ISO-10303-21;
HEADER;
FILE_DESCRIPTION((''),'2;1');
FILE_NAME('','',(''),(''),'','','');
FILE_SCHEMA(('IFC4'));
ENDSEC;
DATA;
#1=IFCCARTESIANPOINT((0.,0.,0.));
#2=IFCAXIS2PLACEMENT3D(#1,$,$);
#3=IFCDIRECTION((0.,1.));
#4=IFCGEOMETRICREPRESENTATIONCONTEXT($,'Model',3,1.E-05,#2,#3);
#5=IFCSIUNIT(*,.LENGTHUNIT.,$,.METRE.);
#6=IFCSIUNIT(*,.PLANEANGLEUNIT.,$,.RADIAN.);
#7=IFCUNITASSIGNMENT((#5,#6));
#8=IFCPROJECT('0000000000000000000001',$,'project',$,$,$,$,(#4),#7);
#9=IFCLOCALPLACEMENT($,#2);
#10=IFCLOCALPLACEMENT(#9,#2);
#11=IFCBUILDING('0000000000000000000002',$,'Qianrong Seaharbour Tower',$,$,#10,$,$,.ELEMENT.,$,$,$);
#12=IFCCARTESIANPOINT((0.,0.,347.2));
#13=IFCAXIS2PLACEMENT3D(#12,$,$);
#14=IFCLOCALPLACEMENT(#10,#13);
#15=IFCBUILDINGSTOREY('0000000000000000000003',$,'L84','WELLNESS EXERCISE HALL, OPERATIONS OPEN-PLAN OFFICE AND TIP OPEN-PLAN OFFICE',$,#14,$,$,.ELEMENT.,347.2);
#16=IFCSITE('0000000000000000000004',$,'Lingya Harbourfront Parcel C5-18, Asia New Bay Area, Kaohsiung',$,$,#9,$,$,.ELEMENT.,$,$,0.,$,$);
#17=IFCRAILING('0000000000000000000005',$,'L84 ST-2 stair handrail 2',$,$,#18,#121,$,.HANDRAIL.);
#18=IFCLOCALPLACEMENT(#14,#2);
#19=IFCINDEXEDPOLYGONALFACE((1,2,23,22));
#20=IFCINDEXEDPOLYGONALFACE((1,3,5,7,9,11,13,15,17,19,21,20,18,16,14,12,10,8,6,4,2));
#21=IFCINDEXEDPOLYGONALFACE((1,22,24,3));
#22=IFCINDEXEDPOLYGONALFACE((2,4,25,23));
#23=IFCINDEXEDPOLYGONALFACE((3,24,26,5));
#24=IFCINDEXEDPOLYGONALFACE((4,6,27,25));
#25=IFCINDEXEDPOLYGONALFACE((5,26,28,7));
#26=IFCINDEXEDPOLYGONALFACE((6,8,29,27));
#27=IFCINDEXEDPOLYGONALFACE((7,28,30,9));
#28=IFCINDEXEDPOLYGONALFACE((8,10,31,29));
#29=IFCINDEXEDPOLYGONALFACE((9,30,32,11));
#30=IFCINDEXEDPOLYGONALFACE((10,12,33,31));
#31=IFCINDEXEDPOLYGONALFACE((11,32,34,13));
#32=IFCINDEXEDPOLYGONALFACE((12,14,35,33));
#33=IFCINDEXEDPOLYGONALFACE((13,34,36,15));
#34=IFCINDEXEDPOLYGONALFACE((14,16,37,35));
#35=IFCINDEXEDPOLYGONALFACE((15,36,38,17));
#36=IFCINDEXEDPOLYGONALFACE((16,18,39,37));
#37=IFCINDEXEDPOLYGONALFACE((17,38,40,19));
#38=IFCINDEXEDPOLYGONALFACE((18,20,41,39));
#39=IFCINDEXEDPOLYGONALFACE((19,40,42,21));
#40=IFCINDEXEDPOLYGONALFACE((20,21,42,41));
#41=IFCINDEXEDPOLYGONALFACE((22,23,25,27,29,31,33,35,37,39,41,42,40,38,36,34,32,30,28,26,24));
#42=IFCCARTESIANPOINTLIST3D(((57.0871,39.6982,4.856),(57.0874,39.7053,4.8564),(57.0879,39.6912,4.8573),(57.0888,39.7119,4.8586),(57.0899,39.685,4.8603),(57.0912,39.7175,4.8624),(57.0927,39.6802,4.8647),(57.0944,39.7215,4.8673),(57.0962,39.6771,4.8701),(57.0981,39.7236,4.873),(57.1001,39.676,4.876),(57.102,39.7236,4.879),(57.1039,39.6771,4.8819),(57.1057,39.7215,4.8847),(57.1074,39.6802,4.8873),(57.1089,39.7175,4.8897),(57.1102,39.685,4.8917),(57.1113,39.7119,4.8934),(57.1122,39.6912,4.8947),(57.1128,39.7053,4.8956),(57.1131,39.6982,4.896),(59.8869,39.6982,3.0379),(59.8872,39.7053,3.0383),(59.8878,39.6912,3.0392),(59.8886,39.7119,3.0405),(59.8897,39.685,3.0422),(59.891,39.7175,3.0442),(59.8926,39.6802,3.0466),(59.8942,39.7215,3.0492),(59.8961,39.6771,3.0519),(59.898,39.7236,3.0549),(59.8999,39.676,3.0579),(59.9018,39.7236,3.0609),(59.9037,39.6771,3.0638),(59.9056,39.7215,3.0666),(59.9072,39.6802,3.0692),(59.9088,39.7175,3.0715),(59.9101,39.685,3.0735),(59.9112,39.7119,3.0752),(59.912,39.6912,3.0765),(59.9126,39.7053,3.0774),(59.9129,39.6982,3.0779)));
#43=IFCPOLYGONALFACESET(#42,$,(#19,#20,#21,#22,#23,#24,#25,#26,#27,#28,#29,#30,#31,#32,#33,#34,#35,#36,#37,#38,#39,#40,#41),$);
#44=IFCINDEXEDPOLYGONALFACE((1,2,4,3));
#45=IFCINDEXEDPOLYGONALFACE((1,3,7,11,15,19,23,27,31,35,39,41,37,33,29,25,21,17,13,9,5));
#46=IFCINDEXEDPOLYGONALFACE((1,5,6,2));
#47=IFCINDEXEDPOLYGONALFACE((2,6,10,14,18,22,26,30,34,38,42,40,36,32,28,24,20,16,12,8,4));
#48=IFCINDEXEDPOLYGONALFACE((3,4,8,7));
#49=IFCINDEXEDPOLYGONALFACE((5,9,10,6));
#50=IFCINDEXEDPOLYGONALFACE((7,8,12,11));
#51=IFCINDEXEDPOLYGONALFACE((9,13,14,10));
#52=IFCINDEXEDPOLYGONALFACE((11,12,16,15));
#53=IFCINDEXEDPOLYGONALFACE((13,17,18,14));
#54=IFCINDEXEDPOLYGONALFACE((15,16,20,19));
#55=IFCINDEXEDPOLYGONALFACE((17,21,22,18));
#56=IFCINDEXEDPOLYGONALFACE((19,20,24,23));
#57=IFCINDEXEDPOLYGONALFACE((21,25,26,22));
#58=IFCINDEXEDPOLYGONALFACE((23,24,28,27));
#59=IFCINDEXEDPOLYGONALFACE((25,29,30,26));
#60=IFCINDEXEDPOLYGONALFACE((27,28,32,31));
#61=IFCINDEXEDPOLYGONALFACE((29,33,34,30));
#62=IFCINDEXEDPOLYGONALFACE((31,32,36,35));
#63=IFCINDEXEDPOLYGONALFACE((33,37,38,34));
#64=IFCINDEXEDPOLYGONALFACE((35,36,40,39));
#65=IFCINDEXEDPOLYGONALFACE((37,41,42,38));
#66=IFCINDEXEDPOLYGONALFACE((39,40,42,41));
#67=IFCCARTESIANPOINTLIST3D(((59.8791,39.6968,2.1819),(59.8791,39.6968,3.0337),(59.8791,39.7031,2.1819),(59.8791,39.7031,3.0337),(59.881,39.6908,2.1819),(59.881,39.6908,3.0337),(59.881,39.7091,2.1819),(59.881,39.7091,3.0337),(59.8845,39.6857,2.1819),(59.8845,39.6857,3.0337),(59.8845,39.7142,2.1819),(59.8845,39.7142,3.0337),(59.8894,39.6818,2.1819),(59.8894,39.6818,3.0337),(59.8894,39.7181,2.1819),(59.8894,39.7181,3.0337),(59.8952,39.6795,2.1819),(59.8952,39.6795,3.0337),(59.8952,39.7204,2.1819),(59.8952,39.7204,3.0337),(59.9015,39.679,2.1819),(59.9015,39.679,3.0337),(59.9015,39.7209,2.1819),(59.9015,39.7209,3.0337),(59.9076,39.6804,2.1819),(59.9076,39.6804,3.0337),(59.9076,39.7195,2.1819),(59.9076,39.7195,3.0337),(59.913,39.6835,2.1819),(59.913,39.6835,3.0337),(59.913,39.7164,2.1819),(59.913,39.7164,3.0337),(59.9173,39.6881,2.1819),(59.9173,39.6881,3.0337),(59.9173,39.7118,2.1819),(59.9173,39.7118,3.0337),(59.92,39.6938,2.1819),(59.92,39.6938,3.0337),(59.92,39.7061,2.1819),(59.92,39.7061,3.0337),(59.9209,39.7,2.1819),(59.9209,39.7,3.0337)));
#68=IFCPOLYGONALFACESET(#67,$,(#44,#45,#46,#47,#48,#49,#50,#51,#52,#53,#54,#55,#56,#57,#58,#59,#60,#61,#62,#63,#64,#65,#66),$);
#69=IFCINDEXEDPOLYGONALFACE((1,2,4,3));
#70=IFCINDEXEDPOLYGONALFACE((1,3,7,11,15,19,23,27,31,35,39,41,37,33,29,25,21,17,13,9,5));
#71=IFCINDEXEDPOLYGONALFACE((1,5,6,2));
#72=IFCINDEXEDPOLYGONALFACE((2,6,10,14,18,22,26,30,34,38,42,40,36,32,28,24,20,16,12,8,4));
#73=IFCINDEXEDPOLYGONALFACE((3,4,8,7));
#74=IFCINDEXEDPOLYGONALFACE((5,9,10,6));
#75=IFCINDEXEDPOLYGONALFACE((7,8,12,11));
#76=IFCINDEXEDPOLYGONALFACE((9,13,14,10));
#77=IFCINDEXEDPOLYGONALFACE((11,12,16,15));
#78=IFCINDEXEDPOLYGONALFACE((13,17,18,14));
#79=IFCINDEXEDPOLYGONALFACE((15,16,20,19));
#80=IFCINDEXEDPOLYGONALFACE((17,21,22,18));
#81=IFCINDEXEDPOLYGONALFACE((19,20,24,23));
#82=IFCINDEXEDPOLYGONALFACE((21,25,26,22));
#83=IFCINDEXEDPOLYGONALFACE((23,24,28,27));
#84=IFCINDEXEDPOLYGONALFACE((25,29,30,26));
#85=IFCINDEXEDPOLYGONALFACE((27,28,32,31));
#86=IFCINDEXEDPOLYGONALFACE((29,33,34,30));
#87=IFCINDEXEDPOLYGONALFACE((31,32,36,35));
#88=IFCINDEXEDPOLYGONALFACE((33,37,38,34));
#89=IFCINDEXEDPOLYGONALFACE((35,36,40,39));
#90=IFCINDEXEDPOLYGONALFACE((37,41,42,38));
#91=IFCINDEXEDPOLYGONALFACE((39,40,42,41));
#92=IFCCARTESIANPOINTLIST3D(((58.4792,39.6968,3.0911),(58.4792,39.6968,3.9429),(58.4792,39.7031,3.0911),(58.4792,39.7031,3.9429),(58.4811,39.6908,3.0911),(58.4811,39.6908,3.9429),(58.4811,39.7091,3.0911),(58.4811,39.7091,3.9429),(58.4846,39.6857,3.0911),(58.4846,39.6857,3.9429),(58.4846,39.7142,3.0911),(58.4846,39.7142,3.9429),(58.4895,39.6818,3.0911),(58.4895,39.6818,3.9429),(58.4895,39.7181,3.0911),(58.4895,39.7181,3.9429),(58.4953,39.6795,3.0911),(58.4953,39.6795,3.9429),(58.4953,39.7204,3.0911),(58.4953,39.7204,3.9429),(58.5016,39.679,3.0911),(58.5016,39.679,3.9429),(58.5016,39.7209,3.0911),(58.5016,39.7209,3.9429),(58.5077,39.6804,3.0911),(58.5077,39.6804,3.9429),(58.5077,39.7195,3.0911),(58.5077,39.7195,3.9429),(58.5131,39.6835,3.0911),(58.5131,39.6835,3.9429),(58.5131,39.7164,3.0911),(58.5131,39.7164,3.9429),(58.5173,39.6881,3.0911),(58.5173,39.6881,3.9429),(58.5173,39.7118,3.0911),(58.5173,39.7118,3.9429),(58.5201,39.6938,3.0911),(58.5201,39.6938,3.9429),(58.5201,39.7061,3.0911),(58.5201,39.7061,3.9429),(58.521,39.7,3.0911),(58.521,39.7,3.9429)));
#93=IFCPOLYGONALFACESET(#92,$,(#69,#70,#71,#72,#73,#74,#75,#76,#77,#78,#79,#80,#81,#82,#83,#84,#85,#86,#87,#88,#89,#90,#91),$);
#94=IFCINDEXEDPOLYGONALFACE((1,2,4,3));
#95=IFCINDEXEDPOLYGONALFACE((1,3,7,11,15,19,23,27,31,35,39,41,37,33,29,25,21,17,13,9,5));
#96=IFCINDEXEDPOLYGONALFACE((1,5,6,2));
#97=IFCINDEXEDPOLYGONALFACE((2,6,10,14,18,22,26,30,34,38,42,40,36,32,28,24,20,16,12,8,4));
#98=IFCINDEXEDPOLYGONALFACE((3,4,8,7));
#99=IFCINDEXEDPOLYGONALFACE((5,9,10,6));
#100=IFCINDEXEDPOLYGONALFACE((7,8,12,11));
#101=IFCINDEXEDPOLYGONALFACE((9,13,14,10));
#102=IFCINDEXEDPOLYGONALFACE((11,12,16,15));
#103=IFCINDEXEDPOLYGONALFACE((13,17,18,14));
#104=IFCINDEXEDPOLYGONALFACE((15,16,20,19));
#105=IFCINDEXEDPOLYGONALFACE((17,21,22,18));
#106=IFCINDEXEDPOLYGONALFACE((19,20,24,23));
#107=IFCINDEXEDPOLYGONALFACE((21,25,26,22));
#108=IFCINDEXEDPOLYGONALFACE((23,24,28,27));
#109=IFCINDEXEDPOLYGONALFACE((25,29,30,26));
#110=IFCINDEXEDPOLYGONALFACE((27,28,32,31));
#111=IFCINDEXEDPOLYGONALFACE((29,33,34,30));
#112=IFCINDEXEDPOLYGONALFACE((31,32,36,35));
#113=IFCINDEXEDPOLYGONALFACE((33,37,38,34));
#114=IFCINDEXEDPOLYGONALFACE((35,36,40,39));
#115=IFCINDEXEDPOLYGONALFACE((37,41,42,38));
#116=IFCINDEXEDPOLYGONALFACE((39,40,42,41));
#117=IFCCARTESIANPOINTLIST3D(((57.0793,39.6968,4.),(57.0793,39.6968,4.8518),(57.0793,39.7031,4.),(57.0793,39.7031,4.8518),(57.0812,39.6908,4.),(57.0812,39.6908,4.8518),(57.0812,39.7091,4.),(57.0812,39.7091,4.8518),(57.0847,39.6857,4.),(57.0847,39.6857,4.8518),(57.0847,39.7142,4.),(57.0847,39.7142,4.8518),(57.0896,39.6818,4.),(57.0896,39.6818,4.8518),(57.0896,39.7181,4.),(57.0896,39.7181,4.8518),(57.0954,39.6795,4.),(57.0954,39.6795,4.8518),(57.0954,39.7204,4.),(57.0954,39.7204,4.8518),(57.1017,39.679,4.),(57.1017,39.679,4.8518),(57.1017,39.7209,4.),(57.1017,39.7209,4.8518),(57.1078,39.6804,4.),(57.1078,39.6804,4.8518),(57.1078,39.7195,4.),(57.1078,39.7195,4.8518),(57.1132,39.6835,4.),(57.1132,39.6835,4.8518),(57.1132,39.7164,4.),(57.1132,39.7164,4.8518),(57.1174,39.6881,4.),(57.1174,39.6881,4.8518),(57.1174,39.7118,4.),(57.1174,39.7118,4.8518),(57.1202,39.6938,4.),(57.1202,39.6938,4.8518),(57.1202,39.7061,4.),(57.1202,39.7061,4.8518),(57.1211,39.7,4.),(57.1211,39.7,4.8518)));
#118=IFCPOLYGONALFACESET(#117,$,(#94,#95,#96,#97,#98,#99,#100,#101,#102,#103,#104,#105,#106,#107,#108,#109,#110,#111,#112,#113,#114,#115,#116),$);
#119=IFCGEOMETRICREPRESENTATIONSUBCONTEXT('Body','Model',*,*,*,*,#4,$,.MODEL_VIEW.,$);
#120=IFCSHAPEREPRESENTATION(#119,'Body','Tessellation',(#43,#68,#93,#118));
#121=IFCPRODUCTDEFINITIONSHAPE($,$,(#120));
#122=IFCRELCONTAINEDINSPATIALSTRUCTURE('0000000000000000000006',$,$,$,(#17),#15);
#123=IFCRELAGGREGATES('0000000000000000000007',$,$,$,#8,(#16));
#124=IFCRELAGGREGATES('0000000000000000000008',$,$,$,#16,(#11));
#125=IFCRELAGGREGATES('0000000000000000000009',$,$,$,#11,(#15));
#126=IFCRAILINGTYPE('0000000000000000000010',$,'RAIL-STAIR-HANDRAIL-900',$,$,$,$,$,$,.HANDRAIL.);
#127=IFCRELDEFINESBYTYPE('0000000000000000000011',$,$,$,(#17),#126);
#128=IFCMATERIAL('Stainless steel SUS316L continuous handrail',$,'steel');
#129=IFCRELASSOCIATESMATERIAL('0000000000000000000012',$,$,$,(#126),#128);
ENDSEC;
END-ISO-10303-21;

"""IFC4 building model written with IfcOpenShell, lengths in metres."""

from ifc_helpers import new_model, si_unit, direction, frame, origin, origin_2d, place, context, subcontext, project, spatial, circle, extrude, material, type_object, element, save


model = new_model("IFC4")

# Units and contexts
model_context = context("Model", 3, precision=1e-05, world=origin(), true_north=direction((0.0, 1.0)))
body_context = subcontext(model_context, "Body", "Model", "MODEL_VIEW")
ifc_project = project(units=[si_unit("LENGTHUNIT", "METRE"), si_unit("PLANEANGLEUNIT", "RADIAN")], contexts=[model_context])

# Site, building, storey
site_placement = place(None, origin())
site = spatial("IfcSite", under=ifc_project, at=site_placement, Name="Lingya Harbourfront Parcel C5-18, Asia New Bay Area, Kaohsiung", CompositionType="ELEMENT", RefElevation=0.0)
building_placement = place(site_placement, origin())
building = spatial("IfcBuilding", under=site, at=building_placement, Name="Qianrong Seaharbour Tower", CompositionType="ELEMENT")
storey_placement = place(building_placement, frame((0.0, 0.0, 347.2)))
storey = spatial("IfcBuildingStorey", under=building, at=storey_placement, Name="L84", Description="WELLNESS EXERCISE HALL, OPERATIONS OPEN-PLAN OFFICE AND TIP OPEN-PLAN OFFICE", CompositionType="ELEMENT", Elevation=347.2)

# Railing
ifc_material_1 = material(Name="Stainless steel SUS316L continuous handrail", Category="steel")
railing_type_1 = type_object("IfcRailingType", Name="RAIL-STAIR-HANDRAIL-900", PredefinedType="HANDRAIL", material=ifc_material_1)
railing_1_placement = place(storey_placement, frame((59.8999, 39.7, 2.1819)))
element("IfcRailing", 1, at=railing_1_placement, inside=storey, type_object=railing_type_1, Name="L84 ST-2 stair handrail 2", PredefinedType="HANDRAIL", context=body_context, shape_type="SweptSolid", body=[
    extrude(circle(Radius=0.0239, at=origin_2d()), frame((0.0, 0.0, 0.876), z_axis=(-0.838684, 0.0, 0.544618), x_axis=(0.0, -1.0, 0.0)), (0.0, 0.0, 1.0), 3.3384),
    extrude(circle(Radius=0.021, at=origin_2d()), origin(), (0.0, 0.0, 1.0), 0.8518),
    extrude(circle(Radius=0.021, at=origin_2d()), frame((-1.3999, 0.0, 0.9092)), (0.0, 0.0, 1.0), 0.8518),
    extrude(circle(Radius=0.021, at=origin_2d()), frame((-2.7998, 0.0, 1.8181)), (0.0, 0.0, 1.0), 0.8518),
])

save(model, "model.ifc")
